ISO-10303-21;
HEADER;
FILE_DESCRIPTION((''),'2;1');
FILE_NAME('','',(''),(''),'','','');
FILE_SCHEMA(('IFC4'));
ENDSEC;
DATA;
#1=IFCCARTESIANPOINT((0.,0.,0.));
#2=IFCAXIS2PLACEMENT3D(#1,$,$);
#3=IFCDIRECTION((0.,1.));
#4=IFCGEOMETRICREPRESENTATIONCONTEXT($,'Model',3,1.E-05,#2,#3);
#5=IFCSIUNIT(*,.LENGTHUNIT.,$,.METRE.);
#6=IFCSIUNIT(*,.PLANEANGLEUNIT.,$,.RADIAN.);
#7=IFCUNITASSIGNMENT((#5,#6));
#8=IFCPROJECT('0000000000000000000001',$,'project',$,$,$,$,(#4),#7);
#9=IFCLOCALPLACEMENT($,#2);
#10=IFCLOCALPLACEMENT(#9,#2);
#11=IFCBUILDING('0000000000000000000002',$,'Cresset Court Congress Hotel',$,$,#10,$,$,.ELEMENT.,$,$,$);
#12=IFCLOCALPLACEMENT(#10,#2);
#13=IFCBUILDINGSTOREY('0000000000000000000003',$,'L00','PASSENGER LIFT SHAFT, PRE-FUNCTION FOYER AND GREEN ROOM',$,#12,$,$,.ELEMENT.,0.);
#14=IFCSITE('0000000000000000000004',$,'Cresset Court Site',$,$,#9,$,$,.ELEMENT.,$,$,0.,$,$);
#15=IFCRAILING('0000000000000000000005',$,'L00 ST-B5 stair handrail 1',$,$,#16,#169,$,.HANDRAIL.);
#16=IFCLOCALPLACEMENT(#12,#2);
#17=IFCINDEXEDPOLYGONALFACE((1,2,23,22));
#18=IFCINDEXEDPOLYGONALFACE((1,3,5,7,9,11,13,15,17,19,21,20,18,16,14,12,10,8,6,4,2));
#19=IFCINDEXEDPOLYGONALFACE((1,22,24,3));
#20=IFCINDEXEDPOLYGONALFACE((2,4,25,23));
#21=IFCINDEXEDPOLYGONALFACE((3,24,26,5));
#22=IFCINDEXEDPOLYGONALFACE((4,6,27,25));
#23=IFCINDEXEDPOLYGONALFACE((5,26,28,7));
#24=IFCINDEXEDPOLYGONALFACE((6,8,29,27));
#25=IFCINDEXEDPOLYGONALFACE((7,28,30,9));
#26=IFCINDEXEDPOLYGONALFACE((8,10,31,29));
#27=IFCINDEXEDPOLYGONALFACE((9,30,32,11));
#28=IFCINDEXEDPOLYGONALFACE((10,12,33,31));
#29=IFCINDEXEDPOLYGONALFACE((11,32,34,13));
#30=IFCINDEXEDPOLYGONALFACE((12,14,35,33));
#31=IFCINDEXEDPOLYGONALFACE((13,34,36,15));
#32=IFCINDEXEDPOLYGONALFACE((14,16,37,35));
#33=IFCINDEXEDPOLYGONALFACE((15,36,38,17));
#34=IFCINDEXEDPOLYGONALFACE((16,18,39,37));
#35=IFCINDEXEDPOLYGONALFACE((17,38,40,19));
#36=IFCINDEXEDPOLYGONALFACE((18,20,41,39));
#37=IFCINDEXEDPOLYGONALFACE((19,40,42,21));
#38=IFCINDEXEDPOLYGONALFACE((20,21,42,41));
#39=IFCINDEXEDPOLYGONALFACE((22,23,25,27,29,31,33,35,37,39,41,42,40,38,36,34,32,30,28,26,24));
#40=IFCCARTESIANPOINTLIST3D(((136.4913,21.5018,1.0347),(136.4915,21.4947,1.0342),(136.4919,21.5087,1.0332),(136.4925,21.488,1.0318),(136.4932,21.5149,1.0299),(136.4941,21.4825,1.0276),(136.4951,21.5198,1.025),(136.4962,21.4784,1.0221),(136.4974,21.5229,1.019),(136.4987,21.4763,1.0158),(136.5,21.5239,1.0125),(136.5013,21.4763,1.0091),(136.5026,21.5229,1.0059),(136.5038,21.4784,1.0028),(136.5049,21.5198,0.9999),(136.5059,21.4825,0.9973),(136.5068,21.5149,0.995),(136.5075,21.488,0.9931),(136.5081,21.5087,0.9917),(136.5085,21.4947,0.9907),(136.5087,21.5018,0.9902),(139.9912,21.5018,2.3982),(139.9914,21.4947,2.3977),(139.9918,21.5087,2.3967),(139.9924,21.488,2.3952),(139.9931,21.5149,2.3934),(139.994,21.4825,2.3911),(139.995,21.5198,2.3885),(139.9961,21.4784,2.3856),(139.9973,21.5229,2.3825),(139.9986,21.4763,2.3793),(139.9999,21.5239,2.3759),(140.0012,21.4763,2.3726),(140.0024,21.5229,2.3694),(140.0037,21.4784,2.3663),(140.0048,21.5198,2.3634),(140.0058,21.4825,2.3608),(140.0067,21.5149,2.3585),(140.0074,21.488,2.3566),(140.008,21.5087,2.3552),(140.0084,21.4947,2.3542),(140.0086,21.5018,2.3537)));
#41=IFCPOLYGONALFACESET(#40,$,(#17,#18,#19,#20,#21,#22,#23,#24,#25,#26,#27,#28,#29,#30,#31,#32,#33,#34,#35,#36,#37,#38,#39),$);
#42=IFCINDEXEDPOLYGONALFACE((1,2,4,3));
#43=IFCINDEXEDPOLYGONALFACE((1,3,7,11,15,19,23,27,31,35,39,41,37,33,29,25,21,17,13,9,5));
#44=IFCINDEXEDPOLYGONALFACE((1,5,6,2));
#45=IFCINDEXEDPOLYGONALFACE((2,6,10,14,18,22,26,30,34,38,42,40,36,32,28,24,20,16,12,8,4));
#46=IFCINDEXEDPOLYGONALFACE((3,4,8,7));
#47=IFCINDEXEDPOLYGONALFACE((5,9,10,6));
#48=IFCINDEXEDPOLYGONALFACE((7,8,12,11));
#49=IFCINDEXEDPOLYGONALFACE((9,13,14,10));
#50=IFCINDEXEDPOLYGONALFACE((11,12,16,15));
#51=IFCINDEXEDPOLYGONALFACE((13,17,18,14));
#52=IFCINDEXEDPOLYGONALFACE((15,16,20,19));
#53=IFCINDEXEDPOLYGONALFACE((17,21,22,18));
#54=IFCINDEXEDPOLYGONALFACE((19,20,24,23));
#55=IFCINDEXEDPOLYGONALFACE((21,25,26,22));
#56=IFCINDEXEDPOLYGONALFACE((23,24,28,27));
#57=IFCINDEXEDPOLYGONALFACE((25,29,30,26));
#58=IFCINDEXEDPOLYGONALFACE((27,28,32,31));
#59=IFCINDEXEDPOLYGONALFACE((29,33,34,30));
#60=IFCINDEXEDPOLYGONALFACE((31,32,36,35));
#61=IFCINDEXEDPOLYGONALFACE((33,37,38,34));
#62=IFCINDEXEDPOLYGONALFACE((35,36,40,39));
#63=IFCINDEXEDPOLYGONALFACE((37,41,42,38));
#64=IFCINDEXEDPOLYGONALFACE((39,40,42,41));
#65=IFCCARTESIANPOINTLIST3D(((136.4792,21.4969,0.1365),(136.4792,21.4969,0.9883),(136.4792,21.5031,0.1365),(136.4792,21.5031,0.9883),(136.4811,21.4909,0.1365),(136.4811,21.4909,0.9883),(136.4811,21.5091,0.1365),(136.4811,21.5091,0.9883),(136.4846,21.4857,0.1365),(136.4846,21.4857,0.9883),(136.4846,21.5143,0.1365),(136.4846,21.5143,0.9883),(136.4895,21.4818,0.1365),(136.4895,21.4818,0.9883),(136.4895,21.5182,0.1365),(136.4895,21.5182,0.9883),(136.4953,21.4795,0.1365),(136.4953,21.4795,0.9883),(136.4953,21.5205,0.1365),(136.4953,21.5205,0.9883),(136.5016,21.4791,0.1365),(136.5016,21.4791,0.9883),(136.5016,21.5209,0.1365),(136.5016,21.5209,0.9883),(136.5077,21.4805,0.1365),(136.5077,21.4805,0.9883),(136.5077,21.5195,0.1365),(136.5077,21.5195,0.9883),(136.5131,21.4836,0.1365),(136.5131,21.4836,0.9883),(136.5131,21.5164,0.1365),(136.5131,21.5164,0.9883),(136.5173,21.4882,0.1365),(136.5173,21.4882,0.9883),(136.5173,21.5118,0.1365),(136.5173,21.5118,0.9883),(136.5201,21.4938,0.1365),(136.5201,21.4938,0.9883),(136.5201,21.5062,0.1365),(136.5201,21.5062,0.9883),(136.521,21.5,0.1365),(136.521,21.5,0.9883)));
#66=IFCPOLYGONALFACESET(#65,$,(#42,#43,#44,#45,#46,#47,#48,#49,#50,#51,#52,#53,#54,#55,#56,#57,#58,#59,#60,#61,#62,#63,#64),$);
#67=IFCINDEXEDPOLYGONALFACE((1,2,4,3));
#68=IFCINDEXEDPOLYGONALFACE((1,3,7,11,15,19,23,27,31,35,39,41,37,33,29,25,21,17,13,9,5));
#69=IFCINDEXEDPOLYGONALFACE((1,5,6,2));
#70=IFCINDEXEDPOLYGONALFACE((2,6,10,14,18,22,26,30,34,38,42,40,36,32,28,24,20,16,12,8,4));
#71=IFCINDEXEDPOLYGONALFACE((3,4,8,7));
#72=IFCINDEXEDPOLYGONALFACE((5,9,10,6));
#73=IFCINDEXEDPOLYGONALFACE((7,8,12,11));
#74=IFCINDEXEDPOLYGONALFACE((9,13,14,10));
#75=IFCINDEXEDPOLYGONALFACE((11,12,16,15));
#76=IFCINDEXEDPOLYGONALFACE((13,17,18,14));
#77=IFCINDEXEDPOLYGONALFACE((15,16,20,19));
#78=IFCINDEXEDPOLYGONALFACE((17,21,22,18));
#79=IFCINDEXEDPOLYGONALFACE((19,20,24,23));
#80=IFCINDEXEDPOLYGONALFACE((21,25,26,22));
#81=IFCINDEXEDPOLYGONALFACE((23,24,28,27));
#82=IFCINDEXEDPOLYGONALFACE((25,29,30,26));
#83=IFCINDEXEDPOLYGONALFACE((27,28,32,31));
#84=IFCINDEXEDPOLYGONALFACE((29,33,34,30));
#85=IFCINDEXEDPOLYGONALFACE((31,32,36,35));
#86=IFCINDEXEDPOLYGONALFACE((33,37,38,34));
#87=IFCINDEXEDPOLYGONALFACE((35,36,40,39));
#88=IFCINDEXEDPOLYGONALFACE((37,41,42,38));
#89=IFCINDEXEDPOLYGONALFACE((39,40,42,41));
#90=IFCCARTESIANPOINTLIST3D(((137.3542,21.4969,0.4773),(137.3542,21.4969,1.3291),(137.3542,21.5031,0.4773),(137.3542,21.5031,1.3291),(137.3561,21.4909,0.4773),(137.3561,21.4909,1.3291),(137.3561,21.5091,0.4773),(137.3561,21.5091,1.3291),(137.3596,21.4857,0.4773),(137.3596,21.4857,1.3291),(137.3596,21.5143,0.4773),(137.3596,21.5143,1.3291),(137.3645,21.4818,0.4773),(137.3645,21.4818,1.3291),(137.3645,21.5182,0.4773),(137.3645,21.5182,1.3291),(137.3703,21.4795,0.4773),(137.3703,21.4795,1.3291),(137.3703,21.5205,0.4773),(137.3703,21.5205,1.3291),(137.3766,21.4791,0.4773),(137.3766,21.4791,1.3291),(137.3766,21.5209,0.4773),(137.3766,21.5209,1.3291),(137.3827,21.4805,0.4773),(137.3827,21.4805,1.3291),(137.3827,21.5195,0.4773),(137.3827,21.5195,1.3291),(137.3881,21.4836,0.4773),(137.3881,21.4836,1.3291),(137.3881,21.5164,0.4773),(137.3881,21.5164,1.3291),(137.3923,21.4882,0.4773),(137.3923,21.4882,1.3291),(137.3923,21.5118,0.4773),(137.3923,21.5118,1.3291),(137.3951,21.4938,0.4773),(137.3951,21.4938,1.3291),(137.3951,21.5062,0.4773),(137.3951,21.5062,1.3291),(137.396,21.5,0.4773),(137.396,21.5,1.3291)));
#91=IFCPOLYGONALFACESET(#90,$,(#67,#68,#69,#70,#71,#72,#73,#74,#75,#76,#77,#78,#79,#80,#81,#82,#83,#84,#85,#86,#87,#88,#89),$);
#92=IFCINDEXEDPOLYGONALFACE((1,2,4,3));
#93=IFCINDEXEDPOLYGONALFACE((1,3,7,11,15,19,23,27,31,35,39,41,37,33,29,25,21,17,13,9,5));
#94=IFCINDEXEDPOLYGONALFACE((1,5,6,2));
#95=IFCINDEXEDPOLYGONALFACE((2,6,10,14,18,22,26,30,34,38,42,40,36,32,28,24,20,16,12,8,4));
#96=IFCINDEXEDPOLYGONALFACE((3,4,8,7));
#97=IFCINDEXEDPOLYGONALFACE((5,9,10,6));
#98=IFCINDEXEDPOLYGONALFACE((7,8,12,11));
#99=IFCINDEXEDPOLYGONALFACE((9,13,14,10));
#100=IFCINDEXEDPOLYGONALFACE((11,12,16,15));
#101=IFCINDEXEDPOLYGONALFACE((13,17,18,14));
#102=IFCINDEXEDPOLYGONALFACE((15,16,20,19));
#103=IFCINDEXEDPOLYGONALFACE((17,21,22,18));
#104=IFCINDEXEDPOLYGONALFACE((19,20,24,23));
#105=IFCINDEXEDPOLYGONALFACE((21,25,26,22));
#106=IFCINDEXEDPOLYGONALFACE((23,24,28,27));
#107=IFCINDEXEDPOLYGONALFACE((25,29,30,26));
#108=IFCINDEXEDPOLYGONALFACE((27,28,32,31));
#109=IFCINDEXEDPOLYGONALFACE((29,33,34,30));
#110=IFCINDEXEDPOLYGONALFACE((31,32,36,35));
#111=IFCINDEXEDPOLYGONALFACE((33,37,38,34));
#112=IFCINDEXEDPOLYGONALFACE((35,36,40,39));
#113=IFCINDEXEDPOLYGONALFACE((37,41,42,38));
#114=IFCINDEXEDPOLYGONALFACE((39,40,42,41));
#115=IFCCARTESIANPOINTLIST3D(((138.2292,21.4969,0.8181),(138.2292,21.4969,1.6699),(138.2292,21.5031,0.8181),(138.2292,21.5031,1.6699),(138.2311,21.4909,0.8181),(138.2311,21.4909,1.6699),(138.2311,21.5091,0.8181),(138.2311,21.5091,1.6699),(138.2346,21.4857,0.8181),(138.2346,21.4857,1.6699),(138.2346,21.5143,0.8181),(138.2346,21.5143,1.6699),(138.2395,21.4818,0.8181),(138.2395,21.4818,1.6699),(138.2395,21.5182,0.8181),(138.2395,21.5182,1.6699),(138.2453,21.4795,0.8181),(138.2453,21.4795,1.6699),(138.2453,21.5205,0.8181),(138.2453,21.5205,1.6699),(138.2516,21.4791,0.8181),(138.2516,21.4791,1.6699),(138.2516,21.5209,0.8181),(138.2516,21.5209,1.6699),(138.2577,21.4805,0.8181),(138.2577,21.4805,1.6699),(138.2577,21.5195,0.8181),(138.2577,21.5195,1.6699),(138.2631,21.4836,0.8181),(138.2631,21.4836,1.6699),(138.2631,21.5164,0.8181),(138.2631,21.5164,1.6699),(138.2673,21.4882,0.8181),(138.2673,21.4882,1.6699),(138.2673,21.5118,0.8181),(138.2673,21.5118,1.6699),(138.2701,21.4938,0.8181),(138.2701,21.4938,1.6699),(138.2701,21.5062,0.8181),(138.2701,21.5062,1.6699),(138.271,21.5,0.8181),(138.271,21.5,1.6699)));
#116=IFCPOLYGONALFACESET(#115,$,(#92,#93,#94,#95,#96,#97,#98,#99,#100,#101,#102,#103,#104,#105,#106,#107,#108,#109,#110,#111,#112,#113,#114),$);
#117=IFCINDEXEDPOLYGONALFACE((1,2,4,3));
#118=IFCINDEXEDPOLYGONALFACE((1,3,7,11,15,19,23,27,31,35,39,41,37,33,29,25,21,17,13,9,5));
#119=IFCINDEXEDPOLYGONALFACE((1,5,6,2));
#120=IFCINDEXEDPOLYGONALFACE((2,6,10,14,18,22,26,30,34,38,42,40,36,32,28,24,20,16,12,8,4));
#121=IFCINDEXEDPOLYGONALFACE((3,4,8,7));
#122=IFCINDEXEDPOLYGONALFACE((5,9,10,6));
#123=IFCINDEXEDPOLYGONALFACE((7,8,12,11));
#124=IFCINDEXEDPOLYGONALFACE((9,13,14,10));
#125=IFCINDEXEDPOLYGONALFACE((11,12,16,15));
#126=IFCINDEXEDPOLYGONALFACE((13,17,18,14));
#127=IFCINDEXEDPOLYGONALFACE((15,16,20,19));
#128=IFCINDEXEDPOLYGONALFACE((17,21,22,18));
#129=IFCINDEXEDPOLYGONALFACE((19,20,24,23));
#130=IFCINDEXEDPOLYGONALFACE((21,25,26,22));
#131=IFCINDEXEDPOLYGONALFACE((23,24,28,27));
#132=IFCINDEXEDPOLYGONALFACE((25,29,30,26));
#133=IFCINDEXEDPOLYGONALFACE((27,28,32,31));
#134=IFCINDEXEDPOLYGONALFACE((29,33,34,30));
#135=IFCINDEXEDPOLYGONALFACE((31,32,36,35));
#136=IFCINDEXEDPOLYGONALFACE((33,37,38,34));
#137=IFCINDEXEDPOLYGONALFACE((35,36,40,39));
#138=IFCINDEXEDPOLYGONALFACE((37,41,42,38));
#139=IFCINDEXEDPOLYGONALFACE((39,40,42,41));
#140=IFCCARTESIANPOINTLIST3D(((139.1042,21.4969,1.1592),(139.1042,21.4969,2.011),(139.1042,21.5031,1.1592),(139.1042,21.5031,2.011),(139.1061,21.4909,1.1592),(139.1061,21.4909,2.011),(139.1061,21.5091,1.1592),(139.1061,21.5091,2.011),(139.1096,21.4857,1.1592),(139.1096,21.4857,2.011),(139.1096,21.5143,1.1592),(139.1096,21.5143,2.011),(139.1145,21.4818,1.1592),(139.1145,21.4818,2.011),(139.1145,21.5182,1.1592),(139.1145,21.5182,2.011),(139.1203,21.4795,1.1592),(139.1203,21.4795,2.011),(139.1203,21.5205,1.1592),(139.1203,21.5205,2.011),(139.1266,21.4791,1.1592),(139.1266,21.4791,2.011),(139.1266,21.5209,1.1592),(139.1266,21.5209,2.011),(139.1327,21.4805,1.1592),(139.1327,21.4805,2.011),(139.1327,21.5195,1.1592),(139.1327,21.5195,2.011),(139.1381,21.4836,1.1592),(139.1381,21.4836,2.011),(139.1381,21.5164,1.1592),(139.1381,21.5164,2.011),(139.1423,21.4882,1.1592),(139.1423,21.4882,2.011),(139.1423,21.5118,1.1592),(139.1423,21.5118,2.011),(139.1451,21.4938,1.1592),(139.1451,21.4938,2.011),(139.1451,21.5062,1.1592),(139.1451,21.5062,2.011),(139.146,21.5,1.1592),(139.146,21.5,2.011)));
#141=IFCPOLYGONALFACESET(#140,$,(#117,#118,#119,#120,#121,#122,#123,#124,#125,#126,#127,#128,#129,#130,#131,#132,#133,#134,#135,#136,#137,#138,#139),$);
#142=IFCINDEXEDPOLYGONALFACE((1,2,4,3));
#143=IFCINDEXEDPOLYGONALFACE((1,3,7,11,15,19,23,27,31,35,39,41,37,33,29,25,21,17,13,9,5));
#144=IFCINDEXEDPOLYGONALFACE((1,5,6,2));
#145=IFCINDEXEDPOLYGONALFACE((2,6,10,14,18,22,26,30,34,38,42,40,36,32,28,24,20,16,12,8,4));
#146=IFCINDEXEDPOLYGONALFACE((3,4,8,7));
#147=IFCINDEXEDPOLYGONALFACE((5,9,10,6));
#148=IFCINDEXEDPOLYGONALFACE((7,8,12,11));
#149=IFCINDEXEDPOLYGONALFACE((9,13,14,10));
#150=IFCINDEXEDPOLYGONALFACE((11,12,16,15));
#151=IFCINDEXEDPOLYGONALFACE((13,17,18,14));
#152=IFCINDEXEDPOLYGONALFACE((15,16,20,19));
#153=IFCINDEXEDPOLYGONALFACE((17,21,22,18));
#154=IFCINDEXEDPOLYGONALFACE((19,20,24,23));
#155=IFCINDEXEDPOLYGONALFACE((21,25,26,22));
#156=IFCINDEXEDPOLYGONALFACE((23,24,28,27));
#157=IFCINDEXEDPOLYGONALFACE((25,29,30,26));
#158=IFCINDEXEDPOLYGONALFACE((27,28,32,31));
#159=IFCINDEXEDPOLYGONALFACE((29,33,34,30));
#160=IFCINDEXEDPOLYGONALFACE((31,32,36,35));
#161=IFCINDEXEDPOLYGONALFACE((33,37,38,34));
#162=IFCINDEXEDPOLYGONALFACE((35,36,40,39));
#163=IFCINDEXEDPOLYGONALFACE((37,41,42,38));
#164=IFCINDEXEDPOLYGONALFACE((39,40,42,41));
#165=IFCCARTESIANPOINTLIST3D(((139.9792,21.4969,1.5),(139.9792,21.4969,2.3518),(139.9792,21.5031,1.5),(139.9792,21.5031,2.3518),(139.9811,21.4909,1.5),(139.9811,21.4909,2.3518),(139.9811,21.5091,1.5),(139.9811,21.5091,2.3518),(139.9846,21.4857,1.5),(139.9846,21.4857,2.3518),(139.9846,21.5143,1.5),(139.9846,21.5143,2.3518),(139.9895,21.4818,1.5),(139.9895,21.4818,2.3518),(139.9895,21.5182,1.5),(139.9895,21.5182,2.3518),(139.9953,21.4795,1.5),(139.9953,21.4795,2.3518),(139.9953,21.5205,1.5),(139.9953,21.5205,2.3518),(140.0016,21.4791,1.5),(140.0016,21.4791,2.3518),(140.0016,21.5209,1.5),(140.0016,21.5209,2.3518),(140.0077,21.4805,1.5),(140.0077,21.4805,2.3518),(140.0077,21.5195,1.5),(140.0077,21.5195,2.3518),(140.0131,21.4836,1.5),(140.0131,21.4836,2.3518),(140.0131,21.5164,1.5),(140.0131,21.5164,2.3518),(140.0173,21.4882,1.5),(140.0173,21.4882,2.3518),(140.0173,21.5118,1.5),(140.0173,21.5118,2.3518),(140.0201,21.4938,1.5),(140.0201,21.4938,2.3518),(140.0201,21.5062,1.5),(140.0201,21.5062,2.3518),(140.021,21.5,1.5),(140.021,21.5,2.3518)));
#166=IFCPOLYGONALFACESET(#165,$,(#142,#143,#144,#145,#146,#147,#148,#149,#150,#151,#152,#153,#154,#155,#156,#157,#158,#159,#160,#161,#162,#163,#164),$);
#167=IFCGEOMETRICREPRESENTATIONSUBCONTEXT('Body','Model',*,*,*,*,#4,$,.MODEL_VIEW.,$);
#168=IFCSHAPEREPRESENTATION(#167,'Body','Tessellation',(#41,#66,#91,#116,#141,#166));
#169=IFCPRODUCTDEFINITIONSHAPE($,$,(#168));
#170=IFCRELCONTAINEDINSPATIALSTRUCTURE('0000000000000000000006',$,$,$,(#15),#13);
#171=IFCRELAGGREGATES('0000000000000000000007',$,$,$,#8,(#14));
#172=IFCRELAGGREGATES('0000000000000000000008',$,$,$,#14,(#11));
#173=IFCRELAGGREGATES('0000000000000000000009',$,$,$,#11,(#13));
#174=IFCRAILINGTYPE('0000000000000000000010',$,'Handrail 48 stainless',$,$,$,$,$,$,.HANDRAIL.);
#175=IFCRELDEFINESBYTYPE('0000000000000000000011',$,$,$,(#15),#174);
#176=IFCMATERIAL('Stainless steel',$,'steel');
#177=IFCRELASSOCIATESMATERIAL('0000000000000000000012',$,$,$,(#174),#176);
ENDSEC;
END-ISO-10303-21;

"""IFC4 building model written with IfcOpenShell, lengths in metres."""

from ifc_helpers import new_model, si_unit, direction, frame, origin, origin_2d, place, context, subcontext, project, spatial, circle, extrude, material, type_object, element, save


model = new_model("IFC4")

# Units and contexts
model_context = context("Model", 3, precision=1e-05, world=origin(), true_north=direction((0.0, 1.0)))
body_context = subcontext(model_context, "Body", "Model", "MODEL_VIEW")
ifc_project = project(units=[si_unit("LENGTHUNIT", "METRE"), si_unit("PLANEANGLEUNIT", "RADIAN")], contexts=[model_context])

# Site, building, storey
site_placement = place(None, origin())
site = spatial("IfcSite", under=ifc_project, at=site_placement, Name="Cresset Court Site", CompositionType="ELEMENT", RefElevation=0.0)
building_placement = place(site_placement, origin())
building = spatial("IfcBuilding", under=site, at=building_placement, Name="Cresset Court Congress Hotel", CompositionType="ELEMENT")
storey_placement = place(building_placement, origin())
storey = spatial("IfcBuildingStorey", under=building, at=storey_placement, Name="L00", Description="PASSENGER LIFT SHAFT, PRE-FUNCTION FOYER AND GREEN ROOM", CompositionType="ELEMENT", Elevation=0.0)

# Railing
ifc_material_1 = material(Name="Stainless steel", Category="steel")
railing_type_1 = type_object("IfcRailingType", Name="Handrail 48 stainless", PredefinedType="HANDRAIL", material=ifc_material_1)
for number, where, name in (
    (1, (136.5, 21.5, 0.1365), "L00 ST-B5 stair handrail 1"),
):
    element("IfcRailing", number, at=place(storey_placement, frame(where)), inside=storey, type_object=railing_type_1, Name=name, PredefinedType="HANDRAIL", context=body_context, shape_type="SweptSolid", body=[
        extrude(circle(Radius=0.0239, at=origin_2d()), frame((0.0, 0.0, 0.876), z_axis=(0.931787, 0.0, 0.363005), x_axis=(0.0, 1.0, 0.0)), (0.0, 0.0, 1.0), 3.7561),
        extrude(circle(Radius=0.021, at=origin_2d()), origin(), (0.0, 0.0, 1.0), 0.8518),
        extrude(circle(Radius=0.021, at=origin_2d()), frame((0.875, 0.0, 0.3408)), (0.0, 0.0, 1.0), 0.8518),
        extrude(circle(Radius=0.021, at=origin_2d()), frame((1.75, 0.0, 0.6816)), (0.0, 0.0, 1.0), 0.8518),
        extrude(circle(Radius=0.021, at=origin_2d()), frame((2.625, 0.0, 1.0227)), (0.0, 0.0, 1.0), 0.8518),
        extrude(circle(Radius=0.021, at=origin_2d()), frame((3.5, 0.0, 1.3635)), (0.0, 0.0, 1.0), 0.8518),
    ])

save(model, "model.ifc")
